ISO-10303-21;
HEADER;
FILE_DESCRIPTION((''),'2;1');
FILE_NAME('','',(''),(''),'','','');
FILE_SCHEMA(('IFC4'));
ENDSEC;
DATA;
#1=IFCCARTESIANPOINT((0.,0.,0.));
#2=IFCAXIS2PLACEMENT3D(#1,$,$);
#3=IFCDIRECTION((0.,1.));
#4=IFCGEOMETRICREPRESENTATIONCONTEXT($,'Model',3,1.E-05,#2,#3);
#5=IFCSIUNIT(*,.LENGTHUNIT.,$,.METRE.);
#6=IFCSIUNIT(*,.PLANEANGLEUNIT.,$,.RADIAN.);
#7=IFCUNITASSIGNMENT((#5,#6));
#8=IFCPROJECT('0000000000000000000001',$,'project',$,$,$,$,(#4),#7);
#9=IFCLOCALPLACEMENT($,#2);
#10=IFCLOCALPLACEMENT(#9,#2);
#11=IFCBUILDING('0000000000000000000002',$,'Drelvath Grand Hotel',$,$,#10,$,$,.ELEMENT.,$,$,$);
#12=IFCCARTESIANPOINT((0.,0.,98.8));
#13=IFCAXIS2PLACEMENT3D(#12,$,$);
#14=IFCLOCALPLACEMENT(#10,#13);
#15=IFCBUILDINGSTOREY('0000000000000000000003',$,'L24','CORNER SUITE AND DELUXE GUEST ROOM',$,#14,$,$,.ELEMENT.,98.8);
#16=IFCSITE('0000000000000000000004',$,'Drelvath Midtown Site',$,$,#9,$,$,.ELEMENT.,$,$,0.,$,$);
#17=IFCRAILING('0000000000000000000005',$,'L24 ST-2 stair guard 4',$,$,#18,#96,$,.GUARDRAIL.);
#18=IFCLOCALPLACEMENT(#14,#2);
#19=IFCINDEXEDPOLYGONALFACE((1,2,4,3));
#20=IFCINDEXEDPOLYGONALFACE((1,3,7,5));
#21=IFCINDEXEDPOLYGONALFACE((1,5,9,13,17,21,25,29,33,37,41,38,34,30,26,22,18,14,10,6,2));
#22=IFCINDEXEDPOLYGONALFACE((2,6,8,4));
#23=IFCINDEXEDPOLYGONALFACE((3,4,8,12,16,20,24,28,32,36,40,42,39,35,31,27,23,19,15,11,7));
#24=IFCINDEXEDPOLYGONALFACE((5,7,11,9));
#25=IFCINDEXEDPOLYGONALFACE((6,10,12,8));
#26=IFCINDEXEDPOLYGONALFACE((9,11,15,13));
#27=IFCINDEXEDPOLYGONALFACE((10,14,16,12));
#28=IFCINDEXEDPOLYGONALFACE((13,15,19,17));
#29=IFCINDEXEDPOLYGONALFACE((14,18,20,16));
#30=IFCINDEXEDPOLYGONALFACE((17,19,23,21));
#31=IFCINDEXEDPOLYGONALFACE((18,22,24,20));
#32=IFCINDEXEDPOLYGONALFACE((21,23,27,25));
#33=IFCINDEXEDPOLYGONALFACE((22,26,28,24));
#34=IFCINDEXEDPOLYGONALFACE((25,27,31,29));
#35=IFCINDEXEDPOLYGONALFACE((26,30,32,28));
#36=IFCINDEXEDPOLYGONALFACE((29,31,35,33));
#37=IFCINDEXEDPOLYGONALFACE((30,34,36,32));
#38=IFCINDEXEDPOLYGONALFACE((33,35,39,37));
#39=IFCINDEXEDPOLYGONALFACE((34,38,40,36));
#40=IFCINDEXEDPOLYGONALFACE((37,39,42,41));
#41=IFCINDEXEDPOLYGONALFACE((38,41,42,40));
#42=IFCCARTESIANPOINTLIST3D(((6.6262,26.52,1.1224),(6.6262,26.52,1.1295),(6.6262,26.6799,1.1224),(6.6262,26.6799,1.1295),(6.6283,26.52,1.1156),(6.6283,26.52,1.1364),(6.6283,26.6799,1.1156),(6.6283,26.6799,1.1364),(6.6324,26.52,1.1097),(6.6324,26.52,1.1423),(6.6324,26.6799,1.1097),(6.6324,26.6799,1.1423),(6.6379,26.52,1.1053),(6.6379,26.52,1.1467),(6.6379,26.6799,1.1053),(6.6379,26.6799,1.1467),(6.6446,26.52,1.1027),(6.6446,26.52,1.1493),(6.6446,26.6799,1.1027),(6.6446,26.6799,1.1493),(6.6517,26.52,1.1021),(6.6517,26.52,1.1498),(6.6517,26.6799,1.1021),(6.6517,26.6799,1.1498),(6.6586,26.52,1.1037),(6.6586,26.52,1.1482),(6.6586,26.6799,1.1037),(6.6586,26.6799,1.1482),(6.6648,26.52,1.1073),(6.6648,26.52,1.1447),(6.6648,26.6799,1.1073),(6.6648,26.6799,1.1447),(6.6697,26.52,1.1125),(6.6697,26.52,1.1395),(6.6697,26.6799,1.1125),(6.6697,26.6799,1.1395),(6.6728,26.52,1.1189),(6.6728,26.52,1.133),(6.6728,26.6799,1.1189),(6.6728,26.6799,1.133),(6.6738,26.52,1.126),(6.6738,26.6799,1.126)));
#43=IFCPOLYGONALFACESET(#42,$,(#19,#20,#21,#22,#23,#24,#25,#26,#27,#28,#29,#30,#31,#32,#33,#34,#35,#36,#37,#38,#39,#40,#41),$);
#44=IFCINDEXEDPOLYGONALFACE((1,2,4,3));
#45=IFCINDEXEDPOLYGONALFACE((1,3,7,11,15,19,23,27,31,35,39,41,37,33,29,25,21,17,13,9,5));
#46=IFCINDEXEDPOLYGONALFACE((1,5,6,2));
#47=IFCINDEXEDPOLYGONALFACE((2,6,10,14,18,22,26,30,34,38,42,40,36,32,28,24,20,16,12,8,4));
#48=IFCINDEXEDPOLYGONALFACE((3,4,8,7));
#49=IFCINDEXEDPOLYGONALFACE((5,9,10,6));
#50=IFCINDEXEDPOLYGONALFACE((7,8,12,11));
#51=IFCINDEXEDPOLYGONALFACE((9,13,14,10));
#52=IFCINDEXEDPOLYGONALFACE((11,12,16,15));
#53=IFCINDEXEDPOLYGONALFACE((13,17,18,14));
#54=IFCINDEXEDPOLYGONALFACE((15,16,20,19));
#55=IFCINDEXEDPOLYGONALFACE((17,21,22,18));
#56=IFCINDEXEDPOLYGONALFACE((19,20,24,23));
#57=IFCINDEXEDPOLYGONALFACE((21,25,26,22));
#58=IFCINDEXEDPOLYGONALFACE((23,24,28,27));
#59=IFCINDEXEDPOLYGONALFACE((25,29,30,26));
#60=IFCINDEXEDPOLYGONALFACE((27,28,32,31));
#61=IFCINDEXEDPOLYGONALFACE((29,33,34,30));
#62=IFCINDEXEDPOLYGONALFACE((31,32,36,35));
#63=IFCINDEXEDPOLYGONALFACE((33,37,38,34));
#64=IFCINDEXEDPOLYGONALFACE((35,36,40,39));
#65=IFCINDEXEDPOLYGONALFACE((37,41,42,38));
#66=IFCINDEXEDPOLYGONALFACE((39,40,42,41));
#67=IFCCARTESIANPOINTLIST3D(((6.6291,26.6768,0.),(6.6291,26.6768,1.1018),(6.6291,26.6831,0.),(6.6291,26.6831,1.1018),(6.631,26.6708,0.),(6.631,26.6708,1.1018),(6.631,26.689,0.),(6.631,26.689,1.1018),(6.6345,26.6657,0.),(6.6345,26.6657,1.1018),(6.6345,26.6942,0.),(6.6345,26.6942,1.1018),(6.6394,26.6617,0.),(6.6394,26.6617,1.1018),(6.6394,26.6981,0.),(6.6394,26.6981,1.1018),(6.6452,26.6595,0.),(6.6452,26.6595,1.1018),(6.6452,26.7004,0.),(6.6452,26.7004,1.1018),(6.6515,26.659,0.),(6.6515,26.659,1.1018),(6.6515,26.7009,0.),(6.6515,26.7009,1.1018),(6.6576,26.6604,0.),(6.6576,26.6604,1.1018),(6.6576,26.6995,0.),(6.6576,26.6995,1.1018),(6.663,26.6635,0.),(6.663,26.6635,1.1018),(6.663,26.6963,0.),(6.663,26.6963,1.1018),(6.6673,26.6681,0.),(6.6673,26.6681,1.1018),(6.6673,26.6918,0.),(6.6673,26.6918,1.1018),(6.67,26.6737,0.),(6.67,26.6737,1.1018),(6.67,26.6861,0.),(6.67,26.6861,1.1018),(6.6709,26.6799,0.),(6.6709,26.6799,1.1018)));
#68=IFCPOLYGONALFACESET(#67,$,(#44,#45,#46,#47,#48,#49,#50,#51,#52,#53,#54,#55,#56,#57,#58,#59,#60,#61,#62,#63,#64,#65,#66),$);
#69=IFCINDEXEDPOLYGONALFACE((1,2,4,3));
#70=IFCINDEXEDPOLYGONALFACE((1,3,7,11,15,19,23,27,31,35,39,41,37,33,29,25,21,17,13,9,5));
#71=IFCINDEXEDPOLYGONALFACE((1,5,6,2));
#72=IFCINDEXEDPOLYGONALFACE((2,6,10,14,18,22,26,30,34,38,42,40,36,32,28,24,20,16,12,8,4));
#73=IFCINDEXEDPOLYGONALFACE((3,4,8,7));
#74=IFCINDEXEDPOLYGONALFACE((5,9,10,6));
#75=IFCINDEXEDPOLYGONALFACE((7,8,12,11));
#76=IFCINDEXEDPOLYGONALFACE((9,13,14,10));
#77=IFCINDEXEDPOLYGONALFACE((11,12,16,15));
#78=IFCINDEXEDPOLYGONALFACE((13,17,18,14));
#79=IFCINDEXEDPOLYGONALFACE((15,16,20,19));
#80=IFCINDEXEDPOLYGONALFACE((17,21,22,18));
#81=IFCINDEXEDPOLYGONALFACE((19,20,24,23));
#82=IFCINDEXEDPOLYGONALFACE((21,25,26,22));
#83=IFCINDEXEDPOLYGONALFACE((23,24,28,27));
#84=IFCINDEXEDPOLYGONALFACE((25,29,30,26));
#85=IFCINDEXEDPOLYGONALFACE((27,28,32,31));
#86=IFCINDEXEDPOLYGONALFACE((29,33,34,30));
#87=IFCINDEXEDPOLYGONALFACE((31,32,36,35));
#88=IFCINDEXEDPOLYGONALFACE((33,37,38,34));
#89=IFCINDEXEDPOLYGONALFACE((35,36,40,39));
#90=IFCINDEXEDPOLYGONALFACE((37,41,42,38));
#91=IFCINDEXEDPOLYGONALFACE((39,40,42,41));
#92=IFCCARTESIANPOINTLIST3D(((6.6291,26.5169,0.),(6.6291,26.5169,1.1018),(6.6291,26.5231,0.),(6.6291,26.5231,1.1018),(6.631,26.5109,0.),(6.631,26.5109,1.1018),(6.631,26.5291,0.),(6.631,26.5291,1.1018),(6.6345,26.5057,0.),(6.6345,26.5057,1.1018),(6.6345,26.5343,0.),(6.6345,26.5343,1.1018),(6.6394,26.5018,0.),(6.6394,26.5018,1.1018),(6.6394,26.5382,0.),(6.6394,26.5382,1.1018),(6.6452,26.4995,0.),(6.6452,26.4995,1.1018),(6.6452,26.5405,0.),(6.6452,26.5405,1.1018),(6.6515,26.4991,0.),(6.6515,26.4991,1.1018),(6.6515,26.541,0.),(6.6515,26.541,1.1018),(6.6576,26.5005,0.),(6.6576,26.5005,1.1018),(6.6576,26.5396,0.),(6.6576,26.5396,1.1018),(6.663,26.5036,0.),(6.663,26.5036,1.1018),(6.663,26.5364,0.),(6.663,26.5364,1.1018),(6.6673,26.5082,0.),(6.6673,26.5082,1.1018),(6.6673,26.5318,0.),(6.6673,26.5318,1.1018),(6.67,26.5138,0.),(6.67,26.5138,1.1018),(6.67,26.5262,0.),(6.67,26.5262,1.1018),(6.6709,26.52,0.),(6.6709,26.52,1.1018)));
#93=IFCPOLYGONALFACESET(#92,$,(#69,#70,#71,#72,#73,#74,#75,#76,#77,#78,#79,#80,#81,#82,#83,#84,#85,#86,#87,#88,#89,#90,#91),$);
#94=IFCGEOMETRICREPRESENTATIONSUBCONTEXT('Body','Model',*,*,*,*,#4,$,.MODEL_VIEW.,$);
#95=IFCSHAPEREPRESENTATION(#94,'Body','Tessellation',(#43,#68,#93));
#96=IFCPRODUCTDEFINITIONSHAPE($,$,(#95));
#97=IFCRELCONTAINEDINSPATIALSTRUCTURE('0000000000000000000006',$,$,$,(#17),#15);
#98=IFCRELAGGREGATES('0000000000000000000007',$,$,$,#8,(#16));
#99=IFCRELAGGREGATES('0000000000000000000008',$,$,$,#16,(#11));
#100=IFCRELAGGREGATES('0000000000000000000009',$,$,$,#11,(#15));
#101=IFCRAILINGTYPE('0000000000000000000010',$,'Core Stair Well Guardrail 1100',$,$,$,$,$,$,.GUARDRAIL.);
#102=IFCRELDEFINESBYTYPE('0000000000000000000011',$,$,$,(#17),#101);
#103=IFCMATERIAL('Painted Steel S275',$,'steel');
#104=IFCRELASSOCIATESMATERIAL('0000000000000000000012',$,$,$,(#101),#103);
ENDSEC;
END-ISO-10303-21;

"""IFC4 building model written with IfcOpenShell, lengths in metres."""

from ifc_helpers import new_model, si_unit, direction, frame, origin, origin_2d, place, context, subcontext, project, spatial, circle, extrude, material, type_object, element, save


model = new_model("IFC4")

# Units and contexts
model_context = context("Model", 3, precision=1e-05, world=origin(), true_north=direction((0.0, 1.0)))
body_context = subcontext(model_context, "Body", "Model", "MODEL_VIEW")
ifc_project = project(units=[si_unit("LENGTHUNIT", "METRE"), si_unit("PLANEANGLEUNIT", "RADIAN")], contexts=[model_context])

# Site, building, storey
site_placement = place(None, origin())
site = spatial("IfcSite", under=ifc_project, at=site_placement, Name="Drelvath Midtown Site", CompositionType="ELEMENT", RefElevation=0.0)
building_placement = place(site_placement, origin())
building = spatial("IfcBuilding", under=site, at=building_placement, Name="Drelvath Grand Hotel", CompositionType="ELEMENT")
storey_placement = place(building_placement, frame((0.0, 0.0, 98.8)))
storey = spatial("IfcBuildingStorey", under=building, at=storey_placement, Name="L24", Description="CORNER SUITE AND DELUXE GUEST ROOM", CompositionType="ELEMENT", Elevation=98.8)

# Shared definitions
ifc_material_1 = material(Name="Painted Steel S275", Category="steel")

# Railing
railing_type_1 = type_object("IfcRailingType", Name="Core Stair Well Guardrail 1100", PredefinedType="GUARDRAIL", material=ifc_material_1)
railing_1_placement = place(storey_placement, frame((6.6499, 26.6799, 0.0)))
element("IfcRailing", 1, at=railing_1_placement, inside=storey, type_object=railing_type_1, Name="L24 ST-2 stair guard 4", PredefinedType="GUARDRAIL", context=body_context, shape_type="SweptSolid", body=[
    extrude(circle(Radius=0.0239, at=origin_2d()), frame((0.0, 0.0, 1.126), z_axis=(0.0, -1.0, 0.0), x_axis=(1.0, 0.0, 0.0)), (0.0, 0.0, 1.0), 0.1599),
    extrude(circle(Radius=0.021, at=origin_2d()), origin(), (0.0, 0.0, 1.0), 1.1018),
    extrude(circle(Radius=0.021, at=origin_2d()), frame((0.0, -0.1599, 0.0)), (0.0, 0.0, 1.0), 1.1018),
])

save(model, "model.ifc")
